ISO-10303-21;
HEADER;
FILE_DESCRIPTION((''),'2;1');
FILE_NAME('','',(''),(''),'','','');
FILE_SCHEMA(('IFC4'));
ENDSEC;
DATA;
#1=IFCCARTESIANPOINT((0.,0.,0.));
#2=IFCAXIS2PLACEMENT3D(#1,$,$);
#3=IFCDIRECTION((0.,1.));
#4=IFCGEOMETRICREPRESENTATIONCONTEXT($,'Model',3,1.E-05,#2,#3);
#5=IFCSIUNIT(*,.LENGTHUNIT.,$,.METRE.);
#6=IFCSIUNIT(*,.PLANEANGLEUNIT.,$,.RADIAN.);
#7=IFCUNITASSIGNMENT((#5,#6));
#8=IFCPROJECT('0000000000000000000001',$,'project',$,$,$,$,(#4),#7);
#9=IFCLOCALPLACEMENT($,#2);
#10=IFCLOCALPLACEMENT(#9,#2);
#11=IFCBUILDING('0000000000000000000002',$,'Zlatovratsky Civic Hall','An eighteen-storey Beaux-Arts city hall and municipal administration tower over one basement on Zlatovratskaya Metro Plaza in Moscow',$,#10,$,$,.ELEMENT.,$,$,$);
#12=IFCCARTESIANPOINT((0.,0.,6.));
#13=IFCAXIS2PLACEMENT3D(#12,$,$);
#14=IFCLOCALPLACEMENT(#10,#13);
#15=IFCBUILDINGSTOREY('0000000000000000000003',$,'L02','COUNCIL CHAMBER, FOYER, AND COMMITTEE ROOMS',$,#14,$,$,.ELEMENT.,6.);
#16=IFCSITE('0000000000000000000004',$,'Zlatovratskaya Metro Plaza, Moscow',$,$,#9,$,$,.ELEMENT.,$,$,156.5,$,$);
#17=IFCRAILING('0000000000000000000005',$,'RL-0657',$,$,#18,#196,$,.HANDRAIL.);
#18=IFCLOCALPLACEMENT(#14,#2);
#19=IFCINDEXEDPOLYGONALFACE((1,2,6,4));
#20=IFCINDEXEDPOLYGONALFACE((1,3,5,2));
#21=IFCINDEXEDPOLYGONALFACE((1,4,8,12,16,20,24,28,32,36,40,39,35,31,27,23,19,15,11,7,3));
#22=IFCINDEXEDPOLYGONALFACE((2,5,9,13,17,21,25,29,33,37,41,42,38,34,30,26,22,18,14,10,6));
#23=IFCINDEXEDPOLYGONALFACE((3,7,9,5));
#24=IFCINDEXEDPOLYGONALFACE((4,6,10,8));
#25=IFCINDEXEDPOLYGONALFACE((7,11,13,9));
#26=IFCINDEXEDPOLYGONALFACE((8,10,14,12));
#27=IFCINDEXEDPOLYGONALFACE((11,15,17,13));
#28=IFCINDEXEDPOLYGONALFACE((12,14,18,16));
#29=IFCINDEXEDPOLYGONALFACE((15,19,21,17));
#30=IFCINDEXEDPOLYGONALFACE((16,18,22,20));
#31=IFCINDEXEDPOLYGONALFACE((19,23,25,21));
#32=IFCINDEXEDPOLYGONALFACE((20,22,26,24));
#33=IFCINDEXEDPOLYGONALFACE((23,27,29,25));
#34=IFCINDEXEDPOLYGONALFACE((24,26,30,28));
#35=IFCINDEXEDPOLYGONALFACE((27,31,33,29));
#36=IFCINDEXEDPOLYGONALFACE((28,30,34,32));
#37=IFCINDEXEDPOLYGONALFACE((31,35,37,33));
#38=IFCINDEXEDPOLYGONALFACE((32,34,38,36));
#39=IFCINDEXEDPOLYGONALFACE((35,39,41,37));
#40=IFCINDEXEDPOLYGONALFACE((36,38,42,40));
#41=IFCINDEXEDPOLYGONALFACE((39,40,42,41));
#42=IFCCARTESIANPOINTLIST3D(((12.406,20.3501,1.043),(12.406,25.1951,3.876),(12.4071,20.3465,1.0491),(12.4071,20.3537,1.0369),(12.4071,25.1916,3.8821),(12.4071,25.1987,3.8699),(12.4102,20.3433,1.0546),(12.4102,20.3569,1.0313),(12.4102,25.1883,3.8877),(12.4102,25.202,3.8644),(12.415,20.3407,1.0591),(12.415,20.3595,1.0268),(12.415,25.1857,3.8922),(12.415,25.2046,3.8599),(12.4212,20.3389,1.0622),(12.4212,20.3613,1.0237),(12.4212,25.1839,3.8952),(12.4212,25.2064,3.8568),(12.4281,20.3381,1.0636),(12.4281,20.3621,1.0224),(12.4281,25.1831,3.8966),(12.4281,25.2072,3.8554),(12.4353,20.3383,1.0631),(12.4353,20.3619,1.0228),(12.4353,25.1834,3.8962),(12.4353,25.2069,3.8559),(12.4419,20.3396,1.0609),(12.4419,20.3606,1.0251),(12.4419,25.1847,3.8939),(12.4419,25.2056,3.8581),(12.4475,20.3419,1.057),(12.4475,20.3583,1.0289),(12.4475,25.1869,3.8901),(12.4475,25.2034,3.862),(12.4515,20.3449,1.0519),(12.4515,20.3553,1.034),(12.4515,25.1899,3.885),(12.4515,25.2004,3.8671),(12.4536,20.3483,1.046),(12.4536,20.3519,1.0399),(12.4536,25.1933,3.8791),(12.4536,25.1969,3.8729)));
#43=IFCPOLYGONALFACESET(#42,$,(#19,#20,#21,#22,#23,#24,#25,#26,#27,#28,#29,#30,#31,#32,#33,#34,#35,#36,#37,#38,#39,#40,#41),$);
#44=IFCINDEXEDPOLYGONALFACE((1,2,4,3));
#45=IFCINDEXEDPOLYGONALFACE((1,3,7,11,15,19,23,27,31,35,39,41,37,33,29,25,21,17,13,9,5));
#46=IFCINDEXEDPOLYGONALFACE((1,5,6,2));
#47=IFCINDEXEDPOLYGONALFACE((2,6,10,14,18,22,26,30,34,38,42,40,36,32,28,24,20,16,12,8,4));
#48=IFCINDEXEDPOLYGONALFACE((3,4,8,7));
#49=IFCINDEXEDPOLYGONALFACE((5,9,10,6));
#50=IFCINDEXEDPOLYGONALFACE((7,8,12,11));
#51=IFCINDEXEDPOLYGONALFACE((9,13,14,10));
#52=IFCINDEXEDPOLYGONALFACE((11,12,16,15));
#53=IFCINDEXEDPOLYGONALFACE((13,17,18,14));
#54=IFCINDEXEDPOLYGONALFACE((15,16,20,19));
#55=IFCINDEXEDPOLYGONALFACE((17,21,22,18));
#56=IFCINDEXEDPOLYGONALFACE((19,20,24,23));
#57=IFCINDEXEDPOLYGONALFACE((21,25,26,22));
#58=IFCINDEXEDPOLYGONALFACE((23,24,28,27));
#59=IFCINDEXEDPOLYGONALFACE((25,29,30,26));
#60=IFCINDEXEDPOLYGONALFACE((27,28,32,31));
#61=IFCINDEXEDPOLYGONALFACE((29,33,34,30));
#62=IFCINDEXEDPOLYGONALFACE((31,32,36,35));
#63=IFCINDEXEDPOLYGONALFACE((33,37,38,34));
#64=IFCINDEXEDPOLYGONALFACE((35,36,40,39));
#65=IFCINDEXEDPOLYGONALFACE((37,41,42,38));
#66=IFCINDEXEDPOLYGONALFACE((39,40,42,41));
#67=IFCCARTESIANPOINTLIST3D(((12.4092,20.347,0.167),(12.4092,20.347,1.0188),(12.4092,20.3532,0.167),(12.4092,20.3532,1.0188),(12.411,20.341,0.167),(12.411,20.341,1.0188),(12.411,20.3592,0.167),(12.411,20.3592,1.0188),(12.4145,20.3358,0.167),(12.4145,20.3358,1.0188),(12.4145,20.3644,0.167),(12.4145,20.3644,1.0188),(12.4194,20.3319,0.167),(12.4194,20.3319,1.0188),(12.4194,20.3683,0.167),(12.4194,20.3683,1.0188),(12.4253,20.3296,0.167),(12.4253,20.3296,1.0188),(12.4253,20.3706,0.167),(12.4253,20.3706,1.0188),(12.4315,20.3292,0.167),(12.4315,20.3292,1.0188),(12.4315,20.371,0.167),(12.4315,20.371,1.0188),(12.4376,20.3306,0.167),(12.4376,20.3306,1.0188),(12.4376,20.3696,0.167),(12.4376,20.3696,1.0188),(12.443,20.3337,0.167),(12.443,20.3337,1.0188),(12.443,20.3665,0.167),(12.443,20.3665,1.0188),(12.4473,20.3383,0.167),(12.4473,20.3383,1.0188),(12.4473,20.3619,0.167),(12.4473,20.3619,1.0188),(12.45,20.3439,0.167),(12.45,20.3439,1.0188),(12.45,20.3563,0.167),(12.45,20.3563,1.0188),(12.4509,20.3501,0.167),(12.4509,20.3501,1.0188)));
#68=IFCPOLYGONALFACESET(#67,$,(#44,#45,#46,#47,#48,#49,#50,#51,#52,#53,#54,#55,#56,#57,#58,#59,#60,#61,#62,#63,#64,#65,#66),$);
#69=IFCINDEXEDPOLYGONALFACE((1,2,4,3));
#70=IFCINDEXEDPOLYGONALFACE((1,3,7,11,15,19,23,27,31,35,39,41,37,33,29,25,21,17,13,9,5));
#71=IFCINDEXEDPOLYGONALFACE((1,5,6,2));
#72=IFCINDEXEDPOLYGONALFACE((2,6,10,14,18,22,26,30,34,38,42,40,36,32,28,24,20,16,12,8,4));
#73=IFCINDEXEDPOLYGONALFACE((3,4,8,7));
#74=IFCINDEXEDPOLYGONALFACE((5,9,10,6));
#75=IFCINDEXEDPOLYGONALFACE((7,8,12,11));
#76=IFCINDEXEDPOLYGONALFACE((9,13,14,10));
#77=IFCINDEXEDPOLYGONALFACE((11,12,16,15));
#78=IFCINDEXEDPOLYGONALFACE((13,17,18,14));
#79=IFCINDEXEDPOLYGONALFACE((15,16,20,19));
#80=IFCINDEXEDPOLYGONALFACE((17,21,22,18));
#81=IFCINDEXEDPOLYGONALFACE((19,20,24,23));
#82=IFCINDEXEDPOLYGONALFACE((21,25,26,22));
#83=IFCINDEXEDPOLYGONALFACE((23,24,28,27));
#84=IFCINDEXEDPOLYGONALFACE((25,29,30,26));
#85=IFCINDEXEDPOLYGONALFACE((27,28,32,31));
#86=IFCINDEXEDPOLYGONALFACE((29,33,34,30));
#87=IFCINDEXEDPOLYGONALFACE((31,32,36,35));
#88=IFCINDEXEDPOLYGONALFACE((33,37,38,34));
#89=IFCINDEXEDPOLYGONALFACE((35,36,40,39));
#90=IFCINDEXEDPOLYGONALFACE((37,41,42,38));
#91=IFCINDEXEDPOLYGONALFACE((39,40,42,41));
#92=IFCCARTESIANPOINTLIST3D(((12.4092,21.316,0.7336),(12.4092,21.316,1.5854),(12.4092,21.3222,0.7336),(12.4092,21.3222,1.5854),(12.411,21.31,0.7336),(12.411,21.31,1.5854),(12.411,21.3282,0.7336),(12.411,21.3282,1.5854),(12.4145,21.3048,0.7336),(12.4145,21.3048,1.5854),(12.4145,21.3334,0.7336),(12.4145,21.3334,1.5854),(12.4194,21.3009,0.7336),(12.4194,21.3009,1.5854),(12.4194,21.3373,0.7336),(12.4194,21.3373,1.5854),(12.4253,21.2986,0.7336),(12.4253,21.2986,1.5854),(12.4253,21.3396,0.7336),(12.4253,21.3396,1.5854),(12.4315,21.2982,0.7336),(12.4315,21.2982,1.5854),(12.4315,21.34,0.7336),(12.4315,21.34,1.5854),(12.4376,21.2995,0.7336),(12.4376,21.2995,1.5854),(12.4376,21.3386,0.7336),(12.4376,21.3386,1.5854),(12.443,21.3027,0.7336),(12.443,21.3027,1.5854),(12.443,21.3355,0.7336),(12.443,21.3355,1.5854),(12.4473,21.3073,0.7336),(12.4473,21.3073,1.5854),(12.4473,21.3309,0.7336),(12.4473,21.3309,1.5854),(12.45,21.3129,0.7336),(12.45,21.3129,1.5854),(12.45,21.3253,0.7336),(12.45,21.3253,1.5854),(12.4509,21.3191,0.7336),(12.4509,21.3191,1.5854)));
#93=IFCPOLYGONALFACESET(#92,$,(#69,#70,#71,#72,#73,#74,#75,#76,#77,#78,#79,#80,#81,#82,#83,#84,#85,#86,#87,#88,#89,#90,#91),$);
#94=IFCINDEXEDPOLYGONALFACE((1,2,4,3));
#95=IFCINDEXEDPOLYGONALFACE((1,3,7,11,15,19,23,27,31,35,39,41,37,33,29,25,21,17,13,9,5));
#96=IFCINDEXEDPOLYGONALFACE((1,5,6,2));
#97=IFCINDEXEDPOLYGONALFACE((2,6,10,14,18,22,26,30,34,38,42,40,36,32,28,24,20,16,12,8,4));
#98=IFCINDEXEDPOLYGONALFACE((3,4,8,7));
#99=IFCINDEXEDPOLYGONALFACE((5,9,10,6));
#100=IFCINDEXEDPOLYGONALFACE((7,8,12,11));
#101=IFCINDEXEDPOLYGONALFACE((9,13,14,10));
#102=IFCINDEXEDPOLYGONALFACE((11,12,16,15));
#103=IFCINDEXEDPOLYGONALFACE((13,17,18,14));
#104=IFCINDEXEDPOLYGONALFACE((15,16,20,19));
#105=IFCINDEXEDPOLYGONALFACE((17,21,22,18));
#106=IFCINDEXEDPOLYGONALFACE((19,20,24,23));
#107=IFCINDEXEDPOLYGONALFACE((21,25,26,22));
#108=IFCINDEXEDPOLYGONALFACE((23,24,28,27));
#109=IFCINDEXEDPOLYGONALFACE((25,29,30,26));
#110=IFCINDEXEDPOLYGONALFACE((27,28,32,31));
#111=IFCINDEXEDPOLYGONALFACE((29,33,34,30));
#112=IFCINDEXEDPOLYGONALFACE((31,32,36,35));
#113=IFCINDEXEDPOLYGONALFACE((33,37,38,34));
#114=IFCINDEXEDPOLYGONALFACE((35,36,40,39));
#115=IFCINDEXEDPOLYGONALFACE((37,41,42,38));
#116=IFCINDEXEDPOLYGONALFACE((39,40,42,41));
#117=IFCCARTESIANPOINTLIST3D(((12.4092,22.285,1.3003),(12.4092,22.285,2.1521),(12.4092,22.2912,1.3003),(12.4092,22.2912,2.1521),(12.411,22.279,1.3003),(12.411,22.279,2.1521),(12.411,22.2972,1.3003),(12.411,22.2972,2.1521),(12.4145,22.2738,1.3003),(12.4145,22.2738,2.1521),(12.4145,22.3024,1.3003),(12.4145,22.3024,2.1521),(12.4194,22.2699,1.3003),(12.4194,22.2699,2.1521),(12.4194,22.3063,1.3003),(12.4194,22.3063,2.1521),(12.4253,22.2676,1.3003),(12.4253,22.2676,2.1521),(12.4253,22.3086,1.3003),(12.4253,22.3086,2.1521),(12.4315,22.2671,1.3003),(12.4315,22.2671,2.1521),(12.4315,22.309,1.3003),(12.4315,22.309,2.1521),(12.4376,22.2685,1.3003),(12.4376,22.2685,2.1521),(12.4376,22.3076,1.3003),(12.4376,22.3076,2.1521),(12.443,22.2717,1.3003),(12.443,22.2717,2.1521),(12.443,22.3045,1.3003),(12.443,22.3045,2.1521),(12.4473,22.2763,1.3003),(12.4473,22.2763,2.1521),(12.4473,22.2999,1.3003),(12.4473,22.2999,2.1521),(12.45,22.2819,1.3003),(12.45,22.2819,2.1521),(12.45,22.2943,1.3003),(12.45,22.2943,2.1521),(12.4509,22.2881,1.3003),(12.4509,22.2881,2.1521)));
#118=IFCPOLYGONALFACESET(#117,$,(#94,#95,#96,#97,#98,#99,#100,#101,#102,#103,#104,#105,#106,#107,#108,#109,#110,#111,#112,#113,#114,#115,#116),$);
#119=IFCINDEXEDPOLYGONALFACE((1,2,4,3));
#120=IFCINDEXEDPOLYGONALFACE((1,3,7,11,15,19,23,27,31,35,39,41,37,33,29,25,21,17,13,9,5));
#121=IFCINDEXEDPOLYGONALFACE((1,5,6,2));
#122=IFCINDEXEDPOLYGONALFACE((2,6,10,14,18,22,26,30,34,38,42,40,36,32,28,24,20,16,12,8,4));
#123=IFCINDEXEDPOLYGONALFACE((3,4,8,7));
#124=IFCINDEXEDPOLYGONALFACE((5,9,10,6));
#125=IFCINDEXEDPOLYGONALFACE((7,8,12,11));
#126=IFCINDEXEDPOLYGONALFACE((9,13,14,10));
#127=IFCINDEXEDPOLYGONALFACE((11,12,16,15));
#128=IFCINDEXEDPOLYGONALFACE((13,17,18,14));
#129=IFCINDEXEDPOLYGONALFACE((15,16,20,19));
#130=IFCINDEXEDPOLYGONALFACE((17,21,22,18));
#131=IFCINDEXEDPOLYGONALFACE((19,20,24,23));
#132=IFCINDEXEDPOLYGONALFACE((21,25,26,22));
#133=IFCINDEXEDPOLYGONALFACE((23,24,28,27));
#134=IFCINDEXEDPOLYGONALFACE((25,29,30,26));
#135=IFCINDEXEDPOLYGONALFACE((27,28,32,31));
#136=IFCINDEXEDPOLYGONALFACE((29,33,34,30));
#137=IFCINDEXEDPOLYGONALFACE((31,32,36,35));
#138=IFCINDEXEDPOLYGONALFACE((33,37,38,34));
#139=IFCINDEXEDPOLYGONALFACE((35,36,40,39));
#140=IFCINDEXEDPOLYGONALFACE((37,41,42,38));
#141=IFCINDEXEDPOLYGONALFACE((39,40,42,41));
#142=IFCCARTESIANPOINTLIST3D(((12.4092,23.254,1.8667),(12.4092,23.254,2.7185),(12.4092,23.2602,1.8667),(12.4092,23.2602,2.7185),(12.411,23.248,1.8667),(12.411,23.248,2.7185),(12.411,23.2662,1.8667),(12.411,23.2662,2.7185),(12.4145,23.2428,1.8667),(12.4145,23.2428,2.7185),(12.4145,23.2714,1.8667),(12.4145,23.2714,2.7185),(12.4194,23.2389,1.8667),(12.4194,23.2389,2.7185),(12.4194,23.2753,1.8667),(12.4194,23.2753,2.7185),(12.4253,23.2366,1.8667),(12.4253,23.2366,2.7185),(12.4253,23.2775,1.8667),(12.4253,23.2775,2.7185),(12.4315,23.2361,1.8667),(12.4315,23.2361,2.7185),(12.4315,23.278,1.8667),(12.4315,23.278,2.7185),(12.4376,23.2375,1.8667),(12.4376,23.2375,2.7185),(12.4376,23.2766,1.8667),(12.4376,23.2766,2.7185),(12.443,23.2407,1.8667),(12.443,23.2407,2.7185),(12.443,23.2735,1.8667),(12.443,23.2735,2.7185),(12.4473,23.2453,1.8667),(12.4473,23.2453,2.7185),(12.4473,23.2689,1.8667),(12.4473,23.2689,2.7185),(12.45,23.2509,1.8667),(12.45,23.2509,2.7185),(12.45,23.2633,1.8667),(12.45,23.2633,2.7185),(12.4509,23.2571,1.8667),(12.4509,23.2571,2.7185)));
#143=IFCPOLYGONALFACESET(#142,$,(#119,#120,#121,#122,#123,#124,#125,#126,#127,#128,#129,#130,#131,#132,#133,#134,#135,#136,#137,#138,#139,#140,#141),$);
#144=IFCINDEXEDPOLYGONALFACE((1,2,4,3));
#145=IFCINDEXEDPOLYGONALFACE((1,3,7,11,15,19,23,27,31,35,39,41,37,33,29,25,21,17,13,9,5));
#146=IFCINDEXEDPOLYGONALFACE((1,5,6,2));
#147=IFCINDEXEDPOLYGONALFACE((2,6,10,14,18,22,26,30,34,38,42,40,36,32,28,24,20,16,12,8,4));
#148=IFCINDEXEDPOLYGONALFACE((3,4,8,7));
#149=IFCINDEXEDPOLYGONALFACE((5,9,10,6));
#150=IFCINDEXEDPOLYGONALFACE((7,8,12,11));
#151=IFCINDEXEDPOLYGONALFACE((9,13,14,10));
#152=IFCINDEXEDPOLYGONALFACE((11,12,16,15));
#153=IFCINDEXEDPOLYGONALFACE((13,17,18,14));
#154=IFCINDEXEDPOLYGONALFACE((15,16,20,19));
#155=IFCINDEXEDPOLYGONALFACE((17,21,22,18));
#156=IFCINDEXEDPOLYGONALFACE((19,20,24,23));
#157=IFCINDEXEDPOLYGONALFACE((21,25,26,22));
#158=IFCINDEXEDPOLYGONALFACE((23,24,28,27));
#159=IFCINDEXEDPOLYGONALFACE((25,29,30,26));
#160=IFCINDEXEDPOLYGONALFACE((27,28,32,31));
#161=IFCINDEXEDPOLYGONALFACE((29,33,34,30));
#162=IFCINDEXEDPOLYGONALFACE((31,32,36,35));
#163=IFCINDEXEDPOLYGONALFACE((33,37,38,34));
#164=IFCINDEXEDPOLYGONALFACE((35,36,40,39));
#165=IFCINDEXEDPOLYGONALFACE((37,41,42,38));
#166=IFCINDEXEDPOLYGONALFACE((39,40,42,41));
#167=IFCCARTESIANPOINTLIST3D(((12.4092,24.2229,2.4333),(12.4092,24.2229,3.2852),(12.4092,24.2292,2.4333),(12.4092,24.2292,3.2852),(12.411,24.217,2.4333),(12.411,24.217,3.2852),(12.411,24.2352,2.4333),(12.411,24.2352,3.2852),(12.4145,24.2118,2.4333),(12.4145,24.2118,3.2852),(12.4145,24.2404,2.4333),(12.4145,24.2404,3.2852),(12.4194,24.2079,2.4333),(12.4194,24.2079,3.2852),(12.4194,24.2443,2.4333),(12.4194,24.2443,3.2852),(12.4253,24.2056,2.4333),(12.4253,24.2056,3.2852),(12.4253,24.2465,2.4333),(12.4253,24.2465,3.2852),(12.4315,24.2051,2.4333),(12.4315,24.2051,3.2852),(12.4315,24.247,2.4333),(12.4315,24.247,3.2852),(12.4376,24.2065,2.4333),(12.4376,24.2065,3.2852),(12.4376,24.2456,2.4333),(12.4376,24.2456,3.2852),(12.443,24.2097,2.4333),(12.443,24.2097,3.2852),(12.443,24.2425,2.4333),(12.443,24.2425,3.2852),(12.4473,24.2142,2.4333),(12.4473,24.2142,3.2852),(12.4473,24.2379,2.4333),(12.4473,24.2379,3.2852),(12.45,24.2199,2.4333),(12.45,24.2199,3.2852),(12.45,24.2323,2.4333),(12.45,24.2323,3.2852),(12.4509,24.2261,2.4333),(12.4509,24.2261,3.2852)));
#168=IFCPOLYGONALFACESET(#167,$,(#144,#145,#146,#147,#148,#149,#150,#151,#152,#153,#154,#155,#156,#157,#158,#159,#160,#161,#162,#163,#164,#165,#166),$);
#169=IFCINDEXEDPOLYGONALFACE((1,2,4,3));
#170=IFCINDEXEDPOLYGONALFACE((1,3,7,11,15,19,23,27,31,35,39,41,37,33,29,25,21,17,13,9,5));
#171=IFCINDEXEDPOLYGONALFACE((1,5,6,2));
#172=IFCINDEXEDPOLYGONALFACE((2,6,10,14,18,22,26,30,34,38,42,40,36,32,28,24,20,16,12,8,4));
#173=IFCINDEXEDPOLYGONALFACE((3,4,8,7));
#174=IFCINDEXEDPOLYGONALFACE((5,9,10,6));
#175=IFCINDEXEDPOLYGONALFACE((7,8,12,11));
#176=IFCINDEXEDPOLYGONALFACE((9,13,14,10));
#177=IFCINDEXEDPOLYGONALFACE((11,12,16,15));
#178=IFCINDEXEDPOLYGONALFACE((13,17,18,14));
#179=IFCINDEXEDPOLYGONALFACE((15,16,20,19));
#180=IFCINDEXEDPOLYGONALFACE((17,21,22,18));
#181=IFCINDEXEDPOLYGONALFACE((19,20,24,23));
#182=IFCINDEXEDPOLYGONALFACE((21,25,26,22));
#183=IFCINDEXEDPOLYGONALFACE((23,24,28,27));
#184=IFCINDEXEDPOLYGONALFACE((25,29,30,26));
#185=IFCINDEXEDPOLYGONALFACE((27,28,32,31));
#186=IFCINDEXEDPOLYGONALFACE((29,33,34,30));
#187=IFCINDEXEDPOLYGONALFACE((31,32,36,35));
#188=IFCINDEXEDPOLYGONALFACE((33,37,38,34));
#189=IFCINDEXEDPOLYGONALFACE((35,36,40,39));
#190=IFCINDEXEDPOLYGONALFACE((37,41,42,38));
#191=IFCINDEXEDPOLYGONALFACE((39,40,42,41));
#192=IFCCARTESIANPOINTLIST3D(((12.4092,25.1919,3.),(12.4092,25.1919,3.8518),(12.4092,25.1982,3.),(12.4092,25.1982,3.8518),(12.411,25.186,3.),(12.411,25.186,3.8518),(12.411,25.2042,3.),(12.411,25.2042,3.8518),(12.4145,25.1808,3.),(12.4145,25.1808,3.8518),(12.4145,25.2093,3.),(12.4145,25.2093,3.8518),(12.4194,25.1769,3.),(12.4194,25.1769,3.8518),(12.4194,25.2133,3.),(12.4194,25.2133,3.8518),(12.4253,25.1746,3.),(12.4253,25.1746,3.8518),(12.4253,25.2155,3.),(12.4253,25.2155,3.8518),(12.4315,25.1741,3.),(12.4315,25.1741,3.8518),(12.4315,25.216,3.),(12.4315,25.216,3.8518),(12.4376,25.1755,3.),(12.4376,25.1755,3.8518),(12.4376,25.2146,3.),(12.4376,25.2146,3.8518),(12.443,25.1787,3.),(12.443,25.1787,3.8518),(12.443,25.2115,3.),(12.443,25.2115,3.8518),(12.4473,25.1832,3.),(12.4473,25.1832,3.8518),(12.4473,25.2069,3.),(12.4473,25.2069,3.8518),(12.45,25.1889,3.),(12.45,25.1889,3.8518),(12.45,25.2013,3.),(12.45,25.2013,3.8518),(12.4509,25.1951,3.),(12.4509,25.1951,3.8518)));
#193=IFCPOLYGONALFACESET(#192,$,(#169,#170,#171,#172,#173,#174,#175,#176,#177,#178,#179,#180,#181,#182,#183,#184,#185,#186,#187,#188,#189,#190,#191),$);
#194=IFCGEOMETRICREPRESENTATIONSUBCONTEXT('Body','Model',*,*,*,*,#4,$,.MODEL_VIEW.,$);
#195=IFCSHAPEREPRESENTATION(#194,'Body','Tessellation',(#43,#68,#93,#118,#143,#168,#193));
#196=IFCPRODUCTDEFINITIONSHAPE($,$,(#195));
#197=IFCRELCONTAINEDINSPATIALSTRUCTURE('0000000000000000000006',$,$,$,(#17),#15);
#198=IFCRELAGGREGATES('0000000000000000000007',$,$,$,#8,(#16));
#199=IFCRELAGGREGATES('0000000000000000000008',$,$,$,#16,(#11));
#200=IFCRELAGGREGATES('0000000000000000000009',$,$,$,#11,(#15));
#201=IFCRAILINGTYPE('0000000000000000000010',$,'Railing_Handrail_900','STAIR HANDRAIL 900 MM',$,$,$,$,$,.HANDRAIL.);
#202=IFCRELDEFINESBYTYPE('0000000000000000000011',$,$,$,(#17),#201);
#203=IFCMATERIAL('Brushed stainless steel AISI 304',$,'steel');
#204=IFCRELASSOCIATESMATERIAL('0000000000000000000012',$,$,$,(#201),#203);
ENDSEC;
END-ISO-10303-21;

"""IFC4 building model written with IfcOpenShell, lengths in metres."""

from ifc_helpers import new_model, si_unit, direction, frame, origin, origin_2d, place, context, subcontext, project, spatial, circle, extrude, material, type_object, element, save


model = new_model("IFC4")

# Units and contexts
model_context = context("Model", 3, precision=1e-05, world=origin(), true_north=direction((0.0, 1.0)))
body_context = subcontext(model_context, "Body", "Model", "MODEL_VIEW")
ifc_project = project(units=[si_unit("LENGTHUNIT", "METRE"), si_unit("PLANEANGLEUNIT", "RADIAN")], contexts=[model_context])

# Site, building, storey
site_placement = place(None, origin())
site = spatial("IfcSite", under=ifc_project, at=site_placement, Name="Zlatovratskaya Metro Plaza, Moscow", CompositionType="ELEMENT", RefElevation=156.5)
building_placement = place(site_placement, origin())
building = spatial("IfcBuilding", under=site, at=building_placement, Name="Zlatovratsky Civic Hall", Description="An eighteen-storey Beaux-Arts city hall and municipal administration tower over one basement on Zlatovratskaya Metro Plaza in Moscow", CompositionType="ELEMENT")
storey_placement = place(building_placement, frame((0.0, 0.0, 6.0)))
storey = spatial("IfcBuildingStorey", under=building, at=storey_placement, Name="L02", Description="COUNCIL CHAMBER, FOYER, AND COMMITTEE ROOMS", CompositionType="ELEMENT", Elevation=6.0)

# Railing
ifc_material_1 = material(Name="Brushed stainless steel AISI 304", Category="steel")
railing_type_1 = type_object("IfcRailingType", Name="Railing_Handrail_900", Description="STAIR HANDRAIL 900 MM", PredefinedType="HANDRAIL", material=ifc_material_1)
railing_1_placement = place(storey_placement, frame((12.4299, 20.3501, 0.167)))
element("IfcRailing", 1, at=railing_1_placement, inside=storey, type_object=railing_type_1, Name="RL-0657", PredefinedType="HANDRAIL", context=body_context, shape_type="SweptSolid", body=[
    extrude(circle(Radius=0.0239, at=origin_2d()), frame((0.0, 0.0, 0.876), z_axis=(0.0, 0.863253, 0.504771), x_axis=(-1.0, 0.0, 0.0)), (0.0, 0.0, 1.0), 5.6125),
    extrude(circle(Radius=0.021, at=origin_2d()), origin(), (0.0, 0.0, 1.0), 0.8518),
    extrude(circle(Radius=0.021, at=origin_2d()), frame((0.0, 0.969, 0.5667)), (0.0, 0.0, 1.0), 0.8518),
    extrude(circle(Radius=0.021, at=origin_2d()), frame((0.0, 1.938, 1.1333)), (0.0, 0.0, 1.0), 0.8518),
    extrude(circle(Radius=0.021, at=origin_2d()), frame((0.0, 2.907, 1.6997)), (0.0, 0.0, 1.0), 0.8518),
    extrude(circle(Radius=0.021, at=origin_2d()), frame((0.0, 3.876, 2.2664)), (0.0, 0.0, 1.0), 0.8518),
    extrude(circle(Radius=0.021, at=origin_2d()), frame((0.0, 4.845, 2.833)), (0.0, 0.0, 1.0), 0.8518),
])

save(model, "model.ifc")
